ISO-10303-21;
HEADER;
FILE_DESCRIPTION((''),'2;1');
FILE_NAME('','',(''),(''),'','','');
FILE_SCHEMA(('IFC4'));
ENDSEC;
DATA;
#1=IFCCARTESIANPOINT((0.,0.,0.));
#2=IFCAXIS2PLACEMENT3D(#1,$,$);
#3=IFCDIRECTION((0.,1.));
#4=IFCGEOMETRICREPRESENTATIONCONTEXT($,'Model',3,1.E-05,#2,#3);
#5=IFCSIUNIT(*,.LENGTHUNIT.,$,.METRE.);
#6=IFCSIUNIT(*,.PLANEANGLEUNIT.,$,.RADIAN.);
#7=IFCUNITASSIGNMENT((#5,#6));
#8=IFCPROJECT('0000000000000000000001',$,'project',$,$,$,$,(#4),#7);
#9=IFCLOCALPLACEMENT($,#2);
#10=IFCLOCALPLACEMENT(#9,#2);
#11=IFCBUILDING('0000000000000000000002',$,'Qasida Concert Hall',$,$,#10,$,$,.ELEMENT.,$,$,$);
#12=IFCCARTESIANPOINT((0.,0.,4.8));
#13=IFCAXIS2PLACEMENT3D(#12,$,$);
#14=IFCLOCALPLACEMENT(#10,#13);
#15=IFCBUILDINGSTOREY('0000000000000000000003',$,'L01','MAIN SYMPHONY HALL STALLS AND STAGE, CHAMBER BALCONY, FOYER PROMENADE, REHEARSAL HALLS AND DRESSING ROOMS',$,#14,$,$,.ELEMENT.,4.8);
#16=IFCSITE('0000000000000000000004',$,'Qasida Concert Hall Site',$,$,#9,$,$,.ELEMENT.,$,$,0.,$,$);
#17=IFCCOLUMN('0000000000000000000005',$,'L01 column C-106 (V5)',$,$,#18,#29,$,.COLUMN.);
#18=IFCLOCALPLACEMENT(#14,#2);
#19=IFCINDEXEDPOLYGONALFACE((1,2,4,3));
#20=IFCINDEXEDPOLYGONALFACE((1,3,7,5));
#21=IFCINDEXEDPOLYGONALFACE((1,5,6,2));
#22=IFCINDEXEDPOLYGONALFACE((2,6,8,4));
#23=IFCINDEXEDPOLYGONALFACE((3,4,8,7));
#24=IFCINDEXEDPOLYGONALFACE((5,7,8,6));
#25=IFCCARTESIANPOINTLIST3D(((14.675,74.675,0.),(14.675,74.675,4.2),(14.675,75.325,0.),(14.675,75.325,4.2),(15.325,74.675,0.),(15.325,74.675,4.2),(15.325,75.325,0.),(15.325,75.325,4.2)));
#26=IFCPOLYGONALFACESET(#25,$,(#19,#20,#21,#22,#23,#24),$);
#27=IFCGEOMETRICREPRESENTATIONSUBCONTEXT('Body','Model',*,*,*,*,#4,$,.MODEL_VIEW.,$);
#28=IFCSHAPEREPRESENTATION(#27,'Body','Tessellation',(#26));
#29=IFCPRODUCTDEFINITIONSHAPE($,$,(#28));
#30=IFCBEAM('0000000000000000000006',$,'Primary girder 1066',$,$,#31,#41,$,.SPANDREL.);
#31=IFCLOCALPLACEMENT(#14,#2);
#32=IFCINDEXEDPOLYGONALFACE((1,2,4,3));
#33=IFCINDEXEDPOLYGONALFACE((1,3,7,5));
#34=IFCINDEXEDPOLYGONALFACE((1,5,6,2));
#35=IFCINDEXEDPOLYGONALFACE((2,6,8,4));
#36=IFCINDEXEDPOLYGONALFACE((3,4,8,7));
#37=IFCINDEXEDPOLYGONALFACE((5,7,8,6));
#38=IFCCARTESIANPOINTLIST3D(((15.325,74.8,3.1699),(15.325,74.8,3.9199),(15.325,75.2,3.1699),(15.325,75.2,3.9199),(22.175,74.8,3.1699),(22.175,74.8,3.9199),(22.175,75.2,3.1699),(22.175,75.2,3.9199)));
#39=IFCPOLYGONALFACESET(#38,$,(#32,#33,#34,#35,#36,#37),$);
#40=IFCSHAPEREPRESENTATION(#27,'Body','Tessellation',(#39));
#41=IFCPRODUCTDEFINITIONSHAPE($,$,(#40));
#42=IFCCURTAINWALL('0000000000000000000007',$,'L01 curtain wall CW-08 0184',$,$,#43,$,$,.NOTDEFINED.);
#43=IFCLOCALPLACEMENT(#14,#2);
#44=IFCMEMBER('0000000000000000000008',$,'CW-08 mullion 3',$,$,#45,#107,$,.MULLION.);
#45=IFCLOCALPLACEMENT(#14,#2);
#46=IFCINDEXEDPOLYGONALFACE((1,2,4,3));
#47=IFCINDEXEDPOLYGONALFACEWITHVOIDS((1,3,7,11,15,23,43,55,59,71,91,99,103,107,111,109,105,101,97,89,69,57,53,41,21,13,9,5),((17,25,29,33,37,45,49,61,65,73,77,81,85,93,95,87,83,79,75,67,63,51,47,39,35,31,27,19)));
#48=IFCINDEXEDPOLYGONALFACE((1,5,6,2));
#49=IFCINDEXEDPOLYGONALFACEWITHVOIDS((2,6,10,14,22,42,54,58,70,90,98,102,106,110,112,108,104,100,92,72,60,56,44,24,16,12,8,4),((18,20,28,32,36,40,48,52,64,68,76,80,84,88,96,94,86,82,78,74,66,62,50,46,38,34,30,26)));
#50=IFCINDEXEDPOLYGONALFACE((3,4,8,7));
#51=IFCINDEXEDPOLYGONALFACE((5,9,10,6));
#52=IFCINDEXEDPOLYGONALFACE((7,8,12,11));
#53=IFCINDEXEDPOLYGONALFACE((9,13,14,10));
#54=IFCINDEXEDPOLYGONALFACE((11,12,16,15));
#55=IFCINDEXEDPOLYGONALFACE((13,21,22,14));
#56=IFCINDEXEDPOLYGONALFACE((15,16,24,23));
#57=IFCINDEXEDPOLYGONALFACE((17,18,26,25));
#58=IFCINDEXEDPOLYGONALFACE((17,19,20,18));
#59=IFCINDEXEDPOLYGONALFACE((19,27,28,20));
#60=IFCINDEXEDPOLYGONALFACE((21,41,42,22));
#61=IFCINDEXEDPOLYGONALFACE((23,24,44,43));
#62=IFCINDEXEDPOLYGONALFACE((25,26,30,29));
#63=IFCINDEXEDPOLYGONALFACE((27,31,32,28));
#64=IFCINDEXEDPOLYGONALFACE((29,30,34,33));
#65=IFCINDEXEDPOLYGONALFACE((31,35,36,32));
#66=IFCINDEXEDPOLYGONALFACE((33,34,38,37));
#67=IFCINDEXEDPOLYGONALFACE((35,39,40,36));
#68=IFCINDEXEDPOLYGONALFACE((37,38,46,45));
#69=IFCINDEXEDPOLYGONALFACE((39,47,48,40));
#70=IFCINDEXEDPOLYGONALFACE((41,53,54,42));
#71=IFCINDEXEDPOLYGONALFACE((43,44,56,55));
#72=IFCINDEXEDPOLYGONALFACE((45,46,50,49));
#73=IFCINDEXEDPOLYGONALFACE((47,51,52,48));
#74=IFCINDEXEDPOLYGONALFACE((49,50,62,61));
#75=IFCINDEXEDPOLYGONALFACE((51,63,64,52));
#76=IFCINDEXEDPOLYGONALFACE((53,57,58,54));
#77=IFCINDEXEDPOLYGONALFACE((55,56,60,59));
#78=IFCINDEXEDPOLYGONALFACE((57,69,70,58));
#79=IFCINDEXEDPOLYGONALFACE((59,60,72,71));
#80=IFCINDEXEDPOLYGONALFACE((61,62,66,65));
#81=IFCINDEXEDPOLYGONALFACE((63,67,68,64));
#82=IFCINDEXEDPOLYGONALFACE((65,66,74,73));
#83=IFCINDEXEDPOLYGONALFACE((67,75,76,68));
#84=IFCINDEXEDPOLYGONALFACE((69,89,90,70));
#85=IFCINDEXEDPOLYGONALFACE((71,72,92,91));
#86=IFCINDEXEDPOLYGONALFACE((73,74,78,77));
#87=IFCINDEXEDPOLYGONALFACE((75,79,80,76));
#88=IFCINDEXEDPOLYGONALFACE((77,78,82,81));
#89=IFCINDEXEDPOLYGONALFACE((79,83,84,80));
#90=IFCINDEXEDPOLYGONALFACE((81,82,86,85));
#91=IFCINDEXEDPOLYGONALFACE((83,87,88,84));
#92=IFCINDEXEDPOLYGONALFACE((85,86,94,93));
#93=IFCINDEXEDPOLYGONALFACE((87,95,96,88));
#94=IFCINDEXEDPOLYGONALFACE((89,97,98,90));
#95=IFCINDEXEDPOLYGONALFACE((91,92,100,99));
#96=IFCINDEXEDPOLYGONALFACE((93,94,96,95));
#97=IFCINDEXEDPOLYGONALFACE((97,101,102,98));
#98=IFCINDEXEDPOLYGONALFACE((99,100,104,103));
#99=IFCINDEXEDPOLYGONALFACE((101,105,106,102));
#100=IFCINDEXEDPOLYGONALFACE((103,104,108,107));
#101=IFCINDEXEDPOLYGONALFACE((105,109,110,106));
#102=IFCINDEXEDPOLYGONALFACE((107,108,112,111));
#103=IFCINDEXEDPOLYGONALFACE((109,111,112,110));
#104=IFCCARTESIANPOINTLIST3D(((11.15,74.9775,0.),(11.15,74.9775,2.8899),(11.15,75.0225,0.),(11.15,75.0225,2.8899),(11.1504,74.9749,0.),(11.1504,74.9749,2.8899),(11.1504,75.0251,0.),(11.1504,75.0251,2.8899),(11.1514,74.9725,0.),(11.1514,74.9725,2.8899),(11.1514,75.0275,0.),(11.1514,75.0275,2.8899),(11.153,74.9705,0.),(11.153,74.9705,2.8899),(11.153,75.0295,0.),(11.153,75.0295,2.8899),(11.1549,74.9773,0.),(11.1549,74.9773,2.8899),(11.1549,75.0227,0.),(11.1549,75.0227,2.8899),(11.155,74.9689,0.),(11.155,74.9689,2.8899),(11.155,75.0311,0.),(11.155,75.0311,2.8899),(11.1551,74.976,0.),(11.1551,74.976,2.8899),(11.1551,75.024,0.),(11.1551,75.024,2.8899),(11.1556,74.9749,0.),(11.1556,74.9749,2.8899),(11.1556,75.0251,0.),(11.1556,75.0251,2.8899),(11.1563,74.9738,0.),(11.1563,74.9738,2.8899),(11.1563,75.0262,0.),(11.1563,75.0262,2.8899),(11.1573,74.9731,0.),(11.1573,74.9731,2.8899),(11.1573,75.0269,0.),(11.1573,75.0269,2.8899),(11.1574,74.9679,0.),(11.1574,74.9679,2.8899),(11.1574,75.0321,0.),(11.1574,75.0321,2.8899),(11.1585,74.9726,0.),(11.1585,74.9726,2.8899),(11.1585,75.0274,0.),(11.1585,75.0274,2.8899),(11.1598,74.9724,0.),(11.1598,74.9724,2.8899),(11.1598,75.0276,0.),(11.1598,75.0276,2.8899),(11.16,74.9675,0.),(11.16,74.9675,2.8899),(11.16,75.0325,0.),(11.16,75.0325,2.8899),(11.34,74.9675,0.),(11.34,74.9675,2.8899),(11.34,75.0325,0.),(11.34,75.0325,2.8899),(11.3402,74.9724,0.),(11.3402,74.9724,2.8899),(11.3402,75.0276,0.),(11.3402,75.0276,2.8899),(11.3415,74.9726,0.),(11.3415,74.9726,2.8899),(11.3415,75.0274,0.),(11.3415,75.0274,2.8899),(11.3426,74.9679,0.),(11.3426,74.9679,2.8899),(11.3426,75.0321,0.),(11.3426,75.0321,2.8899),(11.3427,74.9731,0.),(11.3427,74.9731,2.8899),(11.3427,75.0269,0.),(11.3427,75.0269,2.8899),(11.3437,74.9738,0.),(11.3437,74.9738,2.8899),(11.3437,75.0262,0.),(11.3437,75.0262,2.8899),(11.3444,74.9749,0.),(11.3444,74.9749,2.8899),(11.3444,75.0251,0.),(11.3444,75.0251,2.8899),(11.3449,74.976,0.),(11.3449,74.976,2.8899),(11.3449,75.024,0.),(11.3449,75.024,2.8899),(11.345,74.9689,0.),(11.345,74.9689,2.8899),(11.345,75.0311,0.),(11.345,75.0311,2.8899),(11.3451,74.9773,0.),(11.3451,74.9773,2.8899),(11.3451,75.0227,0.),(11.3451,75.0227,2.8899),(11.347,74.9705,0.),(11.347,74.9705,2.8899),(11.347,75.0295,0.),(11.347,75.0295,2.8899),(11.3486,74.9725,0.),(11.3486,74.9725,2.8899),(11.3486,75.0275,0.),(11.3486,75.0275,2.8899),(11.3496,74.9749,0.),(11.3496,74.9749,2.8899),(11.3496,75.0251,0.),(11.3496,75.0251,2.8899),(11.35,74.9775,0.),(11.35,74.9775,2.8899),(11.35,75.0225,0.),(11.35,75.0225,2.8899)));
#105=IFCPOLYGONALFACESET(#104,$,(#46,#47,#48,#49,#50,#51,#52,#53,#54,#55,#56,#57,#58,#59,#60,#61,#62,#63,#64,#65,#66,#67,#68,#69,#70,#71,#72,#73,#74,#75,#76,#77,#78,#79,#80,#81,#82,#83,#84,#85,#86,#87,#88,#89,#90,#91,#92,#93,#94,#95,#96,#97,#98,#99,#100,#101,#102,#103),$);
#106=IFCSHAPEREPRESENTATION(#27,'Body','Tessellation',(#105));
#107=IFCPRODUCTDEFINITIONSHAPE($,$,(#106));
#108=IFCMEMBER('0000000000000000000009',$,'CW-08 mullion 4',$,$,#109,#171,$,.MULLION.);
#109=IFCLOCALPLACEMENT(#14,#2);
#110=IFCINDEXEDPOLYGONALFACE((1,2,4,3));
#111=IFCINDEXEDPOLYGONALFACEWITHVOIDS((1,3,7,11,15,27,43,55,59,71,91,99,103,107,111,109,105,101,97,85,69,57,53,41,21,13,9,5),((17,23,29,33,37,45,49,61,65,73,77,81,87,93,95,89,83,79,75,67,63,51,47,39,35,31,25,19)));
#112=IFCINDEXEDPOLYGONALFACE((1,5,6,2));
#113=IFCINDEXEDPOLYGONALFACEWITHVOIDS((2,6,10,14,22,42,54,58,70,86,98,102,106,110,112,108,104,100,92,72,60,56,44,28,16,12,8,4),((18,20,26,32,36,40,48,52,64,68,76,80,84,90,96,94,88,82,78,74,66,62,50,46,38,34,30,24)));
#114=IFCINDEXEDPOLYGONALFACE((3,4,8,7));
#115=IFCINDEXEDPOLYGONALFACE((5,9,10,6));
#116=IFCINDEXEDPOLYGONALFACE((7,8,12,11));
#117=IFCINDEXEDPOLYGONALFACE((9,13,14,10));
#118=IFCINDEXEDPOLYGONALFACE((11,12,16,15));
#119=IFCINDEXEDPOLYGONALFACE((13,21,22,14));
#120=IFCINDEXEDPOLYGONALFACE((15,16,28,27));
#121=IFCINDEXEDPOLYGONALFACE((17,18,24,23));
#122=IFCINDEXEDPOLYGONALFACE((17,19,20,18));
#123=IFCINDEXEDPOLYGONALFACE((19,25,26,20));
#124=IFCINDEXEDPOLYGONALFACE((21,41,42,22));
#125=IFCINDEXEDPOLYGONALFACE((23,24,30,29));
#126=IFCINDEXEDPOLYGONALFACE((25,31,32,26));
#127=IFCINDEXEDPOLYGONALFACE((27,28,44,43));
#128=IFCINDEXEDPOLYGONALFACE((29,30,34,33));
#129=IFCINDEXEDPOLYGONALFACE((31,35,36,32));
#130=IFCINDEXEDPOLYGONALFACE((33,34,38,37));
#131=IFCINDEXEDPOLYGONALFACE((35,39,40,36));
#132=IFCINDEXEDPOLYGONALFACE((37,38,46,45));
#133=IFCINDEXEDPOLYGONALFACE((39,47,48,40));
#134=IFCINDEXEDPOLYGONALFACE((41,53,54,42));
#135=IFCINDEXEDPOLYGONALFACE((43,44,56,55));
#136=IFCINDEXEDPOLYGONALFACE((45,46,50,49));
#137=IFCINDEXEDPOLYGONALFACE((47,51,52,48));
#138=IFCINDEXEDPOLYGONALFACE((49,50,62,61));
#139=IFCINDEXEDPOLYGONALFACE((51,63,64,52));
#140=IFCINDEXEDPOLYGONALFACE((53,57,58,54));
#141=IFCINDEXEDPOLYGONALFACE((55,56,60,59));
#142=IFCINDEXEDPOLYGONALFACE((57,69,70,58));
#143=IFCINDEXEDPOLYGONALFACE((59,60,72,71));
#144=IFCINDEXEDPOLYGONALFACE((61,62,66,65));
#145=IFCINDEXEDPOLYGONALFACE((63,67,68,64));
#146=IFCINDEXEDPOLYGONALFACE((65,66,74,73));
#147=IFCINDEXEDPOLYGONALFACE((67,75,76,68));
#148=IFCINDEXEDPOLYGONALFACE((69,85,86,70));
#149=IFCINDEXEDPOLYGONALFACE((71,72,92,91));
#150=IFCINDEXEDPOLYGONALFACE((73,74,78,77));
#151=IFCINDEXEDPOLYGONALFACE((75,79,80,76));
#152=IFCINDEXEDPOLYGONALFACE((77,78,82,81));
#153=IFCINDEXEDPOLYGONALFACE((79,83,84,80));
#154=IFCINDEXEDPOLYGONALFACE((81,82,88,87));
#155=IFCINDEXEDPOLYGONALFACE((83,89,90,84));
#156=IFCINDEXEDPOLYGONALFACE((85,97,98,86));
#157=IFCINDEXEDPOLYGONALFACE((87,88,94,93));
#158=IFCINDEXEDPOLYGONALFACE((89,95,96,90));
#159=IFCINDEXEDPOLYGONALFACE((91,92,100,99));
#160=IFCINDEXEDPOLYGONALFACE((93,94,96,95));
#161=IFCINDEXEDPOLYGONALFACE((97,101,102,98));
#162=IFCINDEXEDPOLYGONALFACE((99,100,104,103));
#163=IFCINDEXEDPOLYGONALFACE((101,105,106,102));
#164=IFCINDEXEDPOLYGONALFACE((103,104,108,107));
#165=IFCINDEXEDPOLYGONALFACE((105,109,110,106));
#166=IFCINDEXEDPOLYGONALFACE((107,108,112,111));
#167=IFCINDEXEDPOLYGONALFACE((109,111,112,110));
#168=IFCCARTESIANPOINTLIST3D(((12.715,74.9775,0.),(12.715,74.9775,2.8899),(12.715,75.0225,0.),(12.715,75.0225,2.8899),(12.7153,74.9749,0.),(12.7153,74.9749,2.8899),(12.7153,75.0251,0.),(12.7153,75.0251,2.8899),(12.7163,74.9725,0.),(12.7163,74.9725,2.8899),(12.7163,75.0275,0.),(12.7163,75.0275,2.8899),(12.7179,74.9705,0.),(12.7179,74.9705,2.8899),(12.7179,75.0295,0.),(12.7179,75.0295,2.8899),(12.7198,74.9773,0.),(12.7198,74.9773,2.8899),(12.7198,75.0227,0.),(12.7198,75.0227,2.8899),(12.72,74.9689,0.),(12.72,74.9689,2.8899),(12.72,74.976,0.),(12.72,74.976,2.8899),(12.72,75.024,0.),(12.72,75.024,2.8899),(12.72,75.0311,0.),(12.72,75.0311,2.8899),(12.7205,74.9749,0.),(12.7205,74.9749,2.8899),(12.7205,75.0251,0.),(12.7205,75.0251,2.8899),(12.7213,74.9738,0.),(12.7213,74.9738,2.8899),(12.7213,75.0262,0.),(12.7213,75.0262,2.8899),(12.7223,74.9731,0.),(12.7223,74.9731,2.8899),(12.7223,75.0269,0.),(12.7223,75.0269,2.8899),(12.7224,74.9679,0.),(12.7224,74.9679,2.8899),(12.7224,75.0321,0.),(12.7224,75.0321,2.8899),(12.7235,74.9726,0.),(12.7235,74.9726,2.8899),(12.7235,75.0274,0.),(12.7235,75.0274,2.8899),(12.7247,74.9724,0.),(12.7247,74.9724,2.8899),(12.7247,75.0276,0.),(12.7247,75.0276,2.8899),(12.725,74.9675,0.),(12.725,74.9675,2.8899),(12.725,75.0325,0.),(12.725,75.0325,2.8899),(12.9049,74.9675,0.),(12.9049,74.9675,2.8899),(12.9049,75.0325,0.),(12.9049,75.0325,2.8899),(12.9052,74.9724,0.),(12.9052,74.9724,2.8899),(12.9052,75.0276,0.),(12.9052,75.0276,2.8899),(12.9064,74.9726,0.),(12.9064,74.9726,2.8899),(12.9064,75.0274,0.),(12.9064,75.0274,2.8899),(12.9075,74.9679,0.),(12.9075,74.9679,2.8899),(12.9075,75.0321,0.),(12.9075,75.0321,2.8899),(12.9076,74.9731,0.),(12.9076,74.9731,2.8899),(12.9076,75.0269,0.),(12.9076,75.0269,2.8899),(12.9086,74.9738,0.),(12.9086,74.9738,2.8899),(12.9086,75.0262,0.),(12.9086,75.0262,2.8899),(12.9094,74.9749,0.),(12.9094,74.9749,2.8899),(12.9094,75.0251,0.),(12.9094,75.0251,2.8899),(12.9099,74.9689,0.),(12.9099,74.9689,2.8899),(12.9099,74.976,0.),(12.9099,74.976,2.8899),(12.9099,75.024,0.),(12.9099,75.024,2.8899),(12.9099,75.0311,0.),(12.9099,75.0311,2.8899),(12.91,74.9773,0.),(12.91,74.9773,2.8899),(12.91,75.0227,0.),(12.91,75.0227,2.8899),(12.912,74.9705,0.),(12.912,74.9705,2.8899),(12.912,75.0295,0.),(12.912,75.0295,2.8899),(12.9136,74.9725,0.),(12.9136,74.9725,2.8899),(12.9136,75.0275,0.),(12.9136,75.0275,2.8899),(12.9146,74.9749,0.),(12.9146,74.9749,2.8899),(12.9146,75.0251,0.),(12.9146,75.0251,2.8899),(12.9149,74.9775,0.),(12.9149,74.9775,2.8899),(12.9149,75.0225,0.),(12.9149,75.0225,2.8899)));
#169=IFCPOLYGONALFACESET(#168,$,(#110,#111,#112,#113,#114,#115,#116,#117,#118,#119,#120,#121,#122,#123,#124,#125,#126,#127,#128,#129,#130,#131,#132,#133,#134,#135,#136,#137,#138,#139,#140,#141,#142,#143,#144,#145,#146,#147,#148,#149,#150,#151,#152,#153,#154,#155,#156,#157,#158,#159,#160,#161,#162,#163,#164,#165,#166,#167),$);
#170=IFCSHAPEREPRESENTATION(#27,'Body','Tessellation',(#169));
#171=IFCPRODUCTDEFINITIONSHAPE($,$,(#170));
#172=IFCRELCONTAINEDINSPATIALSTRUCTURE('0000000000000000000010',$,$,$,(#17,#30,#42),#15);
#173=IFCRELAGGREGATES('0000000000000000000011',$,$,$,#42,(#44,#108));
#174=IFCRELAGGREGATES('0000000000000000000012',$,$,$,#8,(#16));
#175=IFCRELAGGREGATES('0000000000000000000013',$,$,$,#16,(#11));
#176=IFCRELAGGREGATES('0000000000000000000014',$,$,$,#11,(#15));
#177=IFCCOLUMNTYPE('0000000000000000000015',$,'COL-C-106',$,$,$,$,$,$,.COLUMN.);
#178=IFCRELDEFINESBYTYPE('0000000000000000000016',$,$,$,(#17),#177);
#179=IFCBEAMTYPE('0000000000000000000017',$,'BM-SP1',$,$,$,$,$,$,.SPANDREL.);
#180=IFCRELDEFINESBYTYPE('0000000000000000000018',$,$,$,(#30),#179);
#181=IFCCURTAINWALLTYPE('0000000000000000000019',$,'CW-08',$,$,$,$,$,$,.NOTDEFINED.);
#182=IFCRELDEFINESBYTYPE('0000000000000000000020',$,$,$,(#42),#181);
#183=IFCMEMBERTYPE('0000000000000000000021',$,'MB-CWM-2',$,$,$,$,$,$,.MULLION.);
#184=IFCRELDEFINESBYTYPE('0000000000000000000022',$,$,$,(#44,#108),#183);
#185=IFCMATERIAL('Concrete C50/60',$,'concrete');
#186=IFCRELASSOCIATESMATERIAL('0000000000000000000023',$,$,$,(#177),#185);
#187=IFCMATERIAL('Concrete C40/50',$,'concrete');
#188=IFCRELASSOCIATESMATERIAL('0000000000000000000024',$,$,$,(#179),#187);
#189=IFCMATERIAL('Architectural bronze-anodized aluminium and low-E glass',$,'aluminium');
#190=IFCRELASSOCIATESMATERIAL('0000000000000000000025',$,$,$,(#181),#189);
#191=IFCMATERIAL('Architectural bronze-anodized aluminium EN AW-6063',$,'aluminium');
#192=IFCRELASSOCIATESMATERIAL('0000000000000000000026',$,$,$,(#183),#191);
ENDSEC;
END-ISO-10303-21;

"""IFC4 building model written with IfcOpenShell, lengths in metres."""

from ifc_helpers import new_model, si_unit, direction, frame, origin, origin_2d, place, context, subcontext, project, spatial, rectangle, hollow_rectangle, extrude, material, material_profile, profile_set, type_object, element, aggregate, save


model = new_model("IFC4")

# Units and contexts
model_context = context("Model", 3, precision=1e-05, world=origin(), true_north=direction((0.0, 1.0)))
body_context = subcontext(model_context, "Body", "Model", "MODEL_VIEW")
ifc_project = project(units=[si_unit("LENGTHUNIT", "METRE"), si_unit("PLANEANGLEUNIT", "RADIAN")], contexts=[model_context])

# Site, building, storey
site_placement = place(None, origin())
site = spatial("IfcSite", under=ifc_project, at=site_placement, Name="Qasida Concert Hall Site", CompositionType="ELEMENT", RefElevation=0.0)
building_placement = place(site_placement, origin())
building = spatial("IfcBuilding", under=site, at=building_placement, Name="Qasida Concert Hall", CompositionType="ELEMENT")
storey_placement = place(building_placement, frame((0.0, 0.0, 4.8)))
storey = spatial("IfcBuildingStorey", under=building, at=storey_placement, Name="L01", Description="MAIN SYMPHONY HALL STALLS AND STAGE, CHAMBER BALCONY, FOYER PROMENADE, REHEARSAL HALLS AND DRESSING ROOMS", CompositionType="ELEMENT", Elevation=4.8)

# Column
ifc_material_1 = material(Name="Concrete C50/60", Category="concrete")
ifc_material_profile_1 = material_profile(ifc_material_1, rectangle(XDim=0.6499, YDim=0.6499, at=origin_2d()), Name="RC 650x650")
ifc_profile_set_1 = profile_set([ifc_material_profile_1], Name="Concrete C50/60")
column_type = type_object("IfcColumnType", Name="COL-C-106", PredefinedType="COLUMN", material=ifc_profile_set_1)
column_placement = place(storey_placement, frame((15.0, 75.0, 0.0), z_axis=(0.0, 0.0, 1.0), x_axis=(1.0, 0.0, 0.0)))
element("IfcColumn", 1, at=column_placement, inside=storey, type_object=column_type, Name="L01 column C-106 (V5)", PredefinedType="COLUMN", context=body_context, shape_type="SweptSolid", body=[
    extrude(rectangle(XDim=0.6499, YDim=0.6499, at=origin_2d()), origin(), (0.0, 0.0, 1.0), 4.2),
])

# Beam
ifc_material_2 = material(Name="Concrete C40/50", Category="concrete")
ifc_material_profile_2 = material_profile(ifc_material_2, rectangle(XDim=0.3999, YDim=0.75, at=origin_2d()), Name="RC 400x750")
ifc_profile_set_2 = profile_set([ifc_material_profile_2], Name="Concrete C40/50")
beam_type = type_object("IfcBeamType", Name="BM-SP1", PredefinedType="SPANDREL", material=ifc_profile_set_2)
beam_placement = place(storey_placement, frame((15.325, 75.0, 3.5449), z_axis=(1.0, 0.0, 0.0), x_axis=(0.0, 1.0, 0.0)))
element("IfcBeam", 2, at=beam_placement, inside=storey, type_object=beam_type, Name="Primary girder 1066", PredefinedType="SPANDREL", context=body_context, shape_type="SweptSolid", body=[
    extrude(rectangle(XDim=0.3999, YDim=0.75, at=origin_2d()), origin(), (0.0, 0.0, 1.0), 6.8501),
])

# Curtain wall, members
ifc_material_3 = material(Name="Architectural bronze-anodized aluminium and low-E glass", Category="aluminium")
curtain_wall_type = type_object("IfcCurtainWallType", Name="CW-08", PredefinedType="NOTDEFINED", material=ifc_material_3)
curtain_wall_placement = place(storey_placement, origin())
curtain_wall = element("IfcCurtainWall", 3, at=curtain_wall_placement, inside=storey, type_object=curtain_wall_type, Name="L01 curtain wall CW-08 0184", PredefinedType="NOTDEFINED")
ifc_material_4 = material(Name="Architectural bronze-anodized aluminium EN AW-6063", Category="aluminium")
ifc_material_profile_3 = material_profile(ifc_material_4, hollow_rectangle(XDim=0.0649, YDim=0.2, WallThickness=0.0049, InnerFilletRadius=0.0049, OuterFilletRadius=0.01, at=origin_2d()), Name="CWM 200x65x5")
ifc_profile_set_3 = profile_set([ifc_material_profile_3], Name="Architectural bronze-anodized aluminium EN AW-6063")
member_type_1 = type_object("IfcMemberType", Name="MB-CWM-2", PredefinedType="MULLION", material=ifc_profile_set_3)
member_1_placement = place(storey_placement, frame((11.25, 75.0, 0.0), z_axis=(0.0, 0.0, 1.0), x_axis=(0.0, 1.0, 0.0)))
member_1 = element("IfcMember", 4, at=member_1_placement, type_object=member_type_1, Name="CW-08 mullion 3", PredefinedType="MULLION", context=body_context, shape_type="SweptSolid", body=[
    extrude(hollow_rectangle(XDim=0.0649, YDim=0.2, WallThickness=0.0049, InnerFilletRadius=0.0049, OuterFilletRadius=0.01, at=origin_2d()), origin(), (0.0, 0.0, 1.0), 2.8899),
])
member_2_placement = place(storey_placement, frame((12.8149, 75.0, 0.0), z_axis=(0.0, 0.0, 1.0), x_axis=(0.0, 1.0, 0.0)))
member_2 = element("IfcMember", 5, at=member_2_placement, type_object=member_type_1, Name="CW-08 mullion 4", PredefinedType="MULLION", context=body_context, shape_type="SweptSolid", body=[
    extrude(hollow_rectangle(XDim=0.0649, YDim=0.2, WallThickness=0.0049, InnerFilletRadius=0.0049, OuterFilletRadius=0.01, at=origin_2d()), origin(), (0.0, 0.0, 1.0), 2.8899),
])
aggregate(curtain_wall, [member_1, member_2])

save(model, "model.ifc")
